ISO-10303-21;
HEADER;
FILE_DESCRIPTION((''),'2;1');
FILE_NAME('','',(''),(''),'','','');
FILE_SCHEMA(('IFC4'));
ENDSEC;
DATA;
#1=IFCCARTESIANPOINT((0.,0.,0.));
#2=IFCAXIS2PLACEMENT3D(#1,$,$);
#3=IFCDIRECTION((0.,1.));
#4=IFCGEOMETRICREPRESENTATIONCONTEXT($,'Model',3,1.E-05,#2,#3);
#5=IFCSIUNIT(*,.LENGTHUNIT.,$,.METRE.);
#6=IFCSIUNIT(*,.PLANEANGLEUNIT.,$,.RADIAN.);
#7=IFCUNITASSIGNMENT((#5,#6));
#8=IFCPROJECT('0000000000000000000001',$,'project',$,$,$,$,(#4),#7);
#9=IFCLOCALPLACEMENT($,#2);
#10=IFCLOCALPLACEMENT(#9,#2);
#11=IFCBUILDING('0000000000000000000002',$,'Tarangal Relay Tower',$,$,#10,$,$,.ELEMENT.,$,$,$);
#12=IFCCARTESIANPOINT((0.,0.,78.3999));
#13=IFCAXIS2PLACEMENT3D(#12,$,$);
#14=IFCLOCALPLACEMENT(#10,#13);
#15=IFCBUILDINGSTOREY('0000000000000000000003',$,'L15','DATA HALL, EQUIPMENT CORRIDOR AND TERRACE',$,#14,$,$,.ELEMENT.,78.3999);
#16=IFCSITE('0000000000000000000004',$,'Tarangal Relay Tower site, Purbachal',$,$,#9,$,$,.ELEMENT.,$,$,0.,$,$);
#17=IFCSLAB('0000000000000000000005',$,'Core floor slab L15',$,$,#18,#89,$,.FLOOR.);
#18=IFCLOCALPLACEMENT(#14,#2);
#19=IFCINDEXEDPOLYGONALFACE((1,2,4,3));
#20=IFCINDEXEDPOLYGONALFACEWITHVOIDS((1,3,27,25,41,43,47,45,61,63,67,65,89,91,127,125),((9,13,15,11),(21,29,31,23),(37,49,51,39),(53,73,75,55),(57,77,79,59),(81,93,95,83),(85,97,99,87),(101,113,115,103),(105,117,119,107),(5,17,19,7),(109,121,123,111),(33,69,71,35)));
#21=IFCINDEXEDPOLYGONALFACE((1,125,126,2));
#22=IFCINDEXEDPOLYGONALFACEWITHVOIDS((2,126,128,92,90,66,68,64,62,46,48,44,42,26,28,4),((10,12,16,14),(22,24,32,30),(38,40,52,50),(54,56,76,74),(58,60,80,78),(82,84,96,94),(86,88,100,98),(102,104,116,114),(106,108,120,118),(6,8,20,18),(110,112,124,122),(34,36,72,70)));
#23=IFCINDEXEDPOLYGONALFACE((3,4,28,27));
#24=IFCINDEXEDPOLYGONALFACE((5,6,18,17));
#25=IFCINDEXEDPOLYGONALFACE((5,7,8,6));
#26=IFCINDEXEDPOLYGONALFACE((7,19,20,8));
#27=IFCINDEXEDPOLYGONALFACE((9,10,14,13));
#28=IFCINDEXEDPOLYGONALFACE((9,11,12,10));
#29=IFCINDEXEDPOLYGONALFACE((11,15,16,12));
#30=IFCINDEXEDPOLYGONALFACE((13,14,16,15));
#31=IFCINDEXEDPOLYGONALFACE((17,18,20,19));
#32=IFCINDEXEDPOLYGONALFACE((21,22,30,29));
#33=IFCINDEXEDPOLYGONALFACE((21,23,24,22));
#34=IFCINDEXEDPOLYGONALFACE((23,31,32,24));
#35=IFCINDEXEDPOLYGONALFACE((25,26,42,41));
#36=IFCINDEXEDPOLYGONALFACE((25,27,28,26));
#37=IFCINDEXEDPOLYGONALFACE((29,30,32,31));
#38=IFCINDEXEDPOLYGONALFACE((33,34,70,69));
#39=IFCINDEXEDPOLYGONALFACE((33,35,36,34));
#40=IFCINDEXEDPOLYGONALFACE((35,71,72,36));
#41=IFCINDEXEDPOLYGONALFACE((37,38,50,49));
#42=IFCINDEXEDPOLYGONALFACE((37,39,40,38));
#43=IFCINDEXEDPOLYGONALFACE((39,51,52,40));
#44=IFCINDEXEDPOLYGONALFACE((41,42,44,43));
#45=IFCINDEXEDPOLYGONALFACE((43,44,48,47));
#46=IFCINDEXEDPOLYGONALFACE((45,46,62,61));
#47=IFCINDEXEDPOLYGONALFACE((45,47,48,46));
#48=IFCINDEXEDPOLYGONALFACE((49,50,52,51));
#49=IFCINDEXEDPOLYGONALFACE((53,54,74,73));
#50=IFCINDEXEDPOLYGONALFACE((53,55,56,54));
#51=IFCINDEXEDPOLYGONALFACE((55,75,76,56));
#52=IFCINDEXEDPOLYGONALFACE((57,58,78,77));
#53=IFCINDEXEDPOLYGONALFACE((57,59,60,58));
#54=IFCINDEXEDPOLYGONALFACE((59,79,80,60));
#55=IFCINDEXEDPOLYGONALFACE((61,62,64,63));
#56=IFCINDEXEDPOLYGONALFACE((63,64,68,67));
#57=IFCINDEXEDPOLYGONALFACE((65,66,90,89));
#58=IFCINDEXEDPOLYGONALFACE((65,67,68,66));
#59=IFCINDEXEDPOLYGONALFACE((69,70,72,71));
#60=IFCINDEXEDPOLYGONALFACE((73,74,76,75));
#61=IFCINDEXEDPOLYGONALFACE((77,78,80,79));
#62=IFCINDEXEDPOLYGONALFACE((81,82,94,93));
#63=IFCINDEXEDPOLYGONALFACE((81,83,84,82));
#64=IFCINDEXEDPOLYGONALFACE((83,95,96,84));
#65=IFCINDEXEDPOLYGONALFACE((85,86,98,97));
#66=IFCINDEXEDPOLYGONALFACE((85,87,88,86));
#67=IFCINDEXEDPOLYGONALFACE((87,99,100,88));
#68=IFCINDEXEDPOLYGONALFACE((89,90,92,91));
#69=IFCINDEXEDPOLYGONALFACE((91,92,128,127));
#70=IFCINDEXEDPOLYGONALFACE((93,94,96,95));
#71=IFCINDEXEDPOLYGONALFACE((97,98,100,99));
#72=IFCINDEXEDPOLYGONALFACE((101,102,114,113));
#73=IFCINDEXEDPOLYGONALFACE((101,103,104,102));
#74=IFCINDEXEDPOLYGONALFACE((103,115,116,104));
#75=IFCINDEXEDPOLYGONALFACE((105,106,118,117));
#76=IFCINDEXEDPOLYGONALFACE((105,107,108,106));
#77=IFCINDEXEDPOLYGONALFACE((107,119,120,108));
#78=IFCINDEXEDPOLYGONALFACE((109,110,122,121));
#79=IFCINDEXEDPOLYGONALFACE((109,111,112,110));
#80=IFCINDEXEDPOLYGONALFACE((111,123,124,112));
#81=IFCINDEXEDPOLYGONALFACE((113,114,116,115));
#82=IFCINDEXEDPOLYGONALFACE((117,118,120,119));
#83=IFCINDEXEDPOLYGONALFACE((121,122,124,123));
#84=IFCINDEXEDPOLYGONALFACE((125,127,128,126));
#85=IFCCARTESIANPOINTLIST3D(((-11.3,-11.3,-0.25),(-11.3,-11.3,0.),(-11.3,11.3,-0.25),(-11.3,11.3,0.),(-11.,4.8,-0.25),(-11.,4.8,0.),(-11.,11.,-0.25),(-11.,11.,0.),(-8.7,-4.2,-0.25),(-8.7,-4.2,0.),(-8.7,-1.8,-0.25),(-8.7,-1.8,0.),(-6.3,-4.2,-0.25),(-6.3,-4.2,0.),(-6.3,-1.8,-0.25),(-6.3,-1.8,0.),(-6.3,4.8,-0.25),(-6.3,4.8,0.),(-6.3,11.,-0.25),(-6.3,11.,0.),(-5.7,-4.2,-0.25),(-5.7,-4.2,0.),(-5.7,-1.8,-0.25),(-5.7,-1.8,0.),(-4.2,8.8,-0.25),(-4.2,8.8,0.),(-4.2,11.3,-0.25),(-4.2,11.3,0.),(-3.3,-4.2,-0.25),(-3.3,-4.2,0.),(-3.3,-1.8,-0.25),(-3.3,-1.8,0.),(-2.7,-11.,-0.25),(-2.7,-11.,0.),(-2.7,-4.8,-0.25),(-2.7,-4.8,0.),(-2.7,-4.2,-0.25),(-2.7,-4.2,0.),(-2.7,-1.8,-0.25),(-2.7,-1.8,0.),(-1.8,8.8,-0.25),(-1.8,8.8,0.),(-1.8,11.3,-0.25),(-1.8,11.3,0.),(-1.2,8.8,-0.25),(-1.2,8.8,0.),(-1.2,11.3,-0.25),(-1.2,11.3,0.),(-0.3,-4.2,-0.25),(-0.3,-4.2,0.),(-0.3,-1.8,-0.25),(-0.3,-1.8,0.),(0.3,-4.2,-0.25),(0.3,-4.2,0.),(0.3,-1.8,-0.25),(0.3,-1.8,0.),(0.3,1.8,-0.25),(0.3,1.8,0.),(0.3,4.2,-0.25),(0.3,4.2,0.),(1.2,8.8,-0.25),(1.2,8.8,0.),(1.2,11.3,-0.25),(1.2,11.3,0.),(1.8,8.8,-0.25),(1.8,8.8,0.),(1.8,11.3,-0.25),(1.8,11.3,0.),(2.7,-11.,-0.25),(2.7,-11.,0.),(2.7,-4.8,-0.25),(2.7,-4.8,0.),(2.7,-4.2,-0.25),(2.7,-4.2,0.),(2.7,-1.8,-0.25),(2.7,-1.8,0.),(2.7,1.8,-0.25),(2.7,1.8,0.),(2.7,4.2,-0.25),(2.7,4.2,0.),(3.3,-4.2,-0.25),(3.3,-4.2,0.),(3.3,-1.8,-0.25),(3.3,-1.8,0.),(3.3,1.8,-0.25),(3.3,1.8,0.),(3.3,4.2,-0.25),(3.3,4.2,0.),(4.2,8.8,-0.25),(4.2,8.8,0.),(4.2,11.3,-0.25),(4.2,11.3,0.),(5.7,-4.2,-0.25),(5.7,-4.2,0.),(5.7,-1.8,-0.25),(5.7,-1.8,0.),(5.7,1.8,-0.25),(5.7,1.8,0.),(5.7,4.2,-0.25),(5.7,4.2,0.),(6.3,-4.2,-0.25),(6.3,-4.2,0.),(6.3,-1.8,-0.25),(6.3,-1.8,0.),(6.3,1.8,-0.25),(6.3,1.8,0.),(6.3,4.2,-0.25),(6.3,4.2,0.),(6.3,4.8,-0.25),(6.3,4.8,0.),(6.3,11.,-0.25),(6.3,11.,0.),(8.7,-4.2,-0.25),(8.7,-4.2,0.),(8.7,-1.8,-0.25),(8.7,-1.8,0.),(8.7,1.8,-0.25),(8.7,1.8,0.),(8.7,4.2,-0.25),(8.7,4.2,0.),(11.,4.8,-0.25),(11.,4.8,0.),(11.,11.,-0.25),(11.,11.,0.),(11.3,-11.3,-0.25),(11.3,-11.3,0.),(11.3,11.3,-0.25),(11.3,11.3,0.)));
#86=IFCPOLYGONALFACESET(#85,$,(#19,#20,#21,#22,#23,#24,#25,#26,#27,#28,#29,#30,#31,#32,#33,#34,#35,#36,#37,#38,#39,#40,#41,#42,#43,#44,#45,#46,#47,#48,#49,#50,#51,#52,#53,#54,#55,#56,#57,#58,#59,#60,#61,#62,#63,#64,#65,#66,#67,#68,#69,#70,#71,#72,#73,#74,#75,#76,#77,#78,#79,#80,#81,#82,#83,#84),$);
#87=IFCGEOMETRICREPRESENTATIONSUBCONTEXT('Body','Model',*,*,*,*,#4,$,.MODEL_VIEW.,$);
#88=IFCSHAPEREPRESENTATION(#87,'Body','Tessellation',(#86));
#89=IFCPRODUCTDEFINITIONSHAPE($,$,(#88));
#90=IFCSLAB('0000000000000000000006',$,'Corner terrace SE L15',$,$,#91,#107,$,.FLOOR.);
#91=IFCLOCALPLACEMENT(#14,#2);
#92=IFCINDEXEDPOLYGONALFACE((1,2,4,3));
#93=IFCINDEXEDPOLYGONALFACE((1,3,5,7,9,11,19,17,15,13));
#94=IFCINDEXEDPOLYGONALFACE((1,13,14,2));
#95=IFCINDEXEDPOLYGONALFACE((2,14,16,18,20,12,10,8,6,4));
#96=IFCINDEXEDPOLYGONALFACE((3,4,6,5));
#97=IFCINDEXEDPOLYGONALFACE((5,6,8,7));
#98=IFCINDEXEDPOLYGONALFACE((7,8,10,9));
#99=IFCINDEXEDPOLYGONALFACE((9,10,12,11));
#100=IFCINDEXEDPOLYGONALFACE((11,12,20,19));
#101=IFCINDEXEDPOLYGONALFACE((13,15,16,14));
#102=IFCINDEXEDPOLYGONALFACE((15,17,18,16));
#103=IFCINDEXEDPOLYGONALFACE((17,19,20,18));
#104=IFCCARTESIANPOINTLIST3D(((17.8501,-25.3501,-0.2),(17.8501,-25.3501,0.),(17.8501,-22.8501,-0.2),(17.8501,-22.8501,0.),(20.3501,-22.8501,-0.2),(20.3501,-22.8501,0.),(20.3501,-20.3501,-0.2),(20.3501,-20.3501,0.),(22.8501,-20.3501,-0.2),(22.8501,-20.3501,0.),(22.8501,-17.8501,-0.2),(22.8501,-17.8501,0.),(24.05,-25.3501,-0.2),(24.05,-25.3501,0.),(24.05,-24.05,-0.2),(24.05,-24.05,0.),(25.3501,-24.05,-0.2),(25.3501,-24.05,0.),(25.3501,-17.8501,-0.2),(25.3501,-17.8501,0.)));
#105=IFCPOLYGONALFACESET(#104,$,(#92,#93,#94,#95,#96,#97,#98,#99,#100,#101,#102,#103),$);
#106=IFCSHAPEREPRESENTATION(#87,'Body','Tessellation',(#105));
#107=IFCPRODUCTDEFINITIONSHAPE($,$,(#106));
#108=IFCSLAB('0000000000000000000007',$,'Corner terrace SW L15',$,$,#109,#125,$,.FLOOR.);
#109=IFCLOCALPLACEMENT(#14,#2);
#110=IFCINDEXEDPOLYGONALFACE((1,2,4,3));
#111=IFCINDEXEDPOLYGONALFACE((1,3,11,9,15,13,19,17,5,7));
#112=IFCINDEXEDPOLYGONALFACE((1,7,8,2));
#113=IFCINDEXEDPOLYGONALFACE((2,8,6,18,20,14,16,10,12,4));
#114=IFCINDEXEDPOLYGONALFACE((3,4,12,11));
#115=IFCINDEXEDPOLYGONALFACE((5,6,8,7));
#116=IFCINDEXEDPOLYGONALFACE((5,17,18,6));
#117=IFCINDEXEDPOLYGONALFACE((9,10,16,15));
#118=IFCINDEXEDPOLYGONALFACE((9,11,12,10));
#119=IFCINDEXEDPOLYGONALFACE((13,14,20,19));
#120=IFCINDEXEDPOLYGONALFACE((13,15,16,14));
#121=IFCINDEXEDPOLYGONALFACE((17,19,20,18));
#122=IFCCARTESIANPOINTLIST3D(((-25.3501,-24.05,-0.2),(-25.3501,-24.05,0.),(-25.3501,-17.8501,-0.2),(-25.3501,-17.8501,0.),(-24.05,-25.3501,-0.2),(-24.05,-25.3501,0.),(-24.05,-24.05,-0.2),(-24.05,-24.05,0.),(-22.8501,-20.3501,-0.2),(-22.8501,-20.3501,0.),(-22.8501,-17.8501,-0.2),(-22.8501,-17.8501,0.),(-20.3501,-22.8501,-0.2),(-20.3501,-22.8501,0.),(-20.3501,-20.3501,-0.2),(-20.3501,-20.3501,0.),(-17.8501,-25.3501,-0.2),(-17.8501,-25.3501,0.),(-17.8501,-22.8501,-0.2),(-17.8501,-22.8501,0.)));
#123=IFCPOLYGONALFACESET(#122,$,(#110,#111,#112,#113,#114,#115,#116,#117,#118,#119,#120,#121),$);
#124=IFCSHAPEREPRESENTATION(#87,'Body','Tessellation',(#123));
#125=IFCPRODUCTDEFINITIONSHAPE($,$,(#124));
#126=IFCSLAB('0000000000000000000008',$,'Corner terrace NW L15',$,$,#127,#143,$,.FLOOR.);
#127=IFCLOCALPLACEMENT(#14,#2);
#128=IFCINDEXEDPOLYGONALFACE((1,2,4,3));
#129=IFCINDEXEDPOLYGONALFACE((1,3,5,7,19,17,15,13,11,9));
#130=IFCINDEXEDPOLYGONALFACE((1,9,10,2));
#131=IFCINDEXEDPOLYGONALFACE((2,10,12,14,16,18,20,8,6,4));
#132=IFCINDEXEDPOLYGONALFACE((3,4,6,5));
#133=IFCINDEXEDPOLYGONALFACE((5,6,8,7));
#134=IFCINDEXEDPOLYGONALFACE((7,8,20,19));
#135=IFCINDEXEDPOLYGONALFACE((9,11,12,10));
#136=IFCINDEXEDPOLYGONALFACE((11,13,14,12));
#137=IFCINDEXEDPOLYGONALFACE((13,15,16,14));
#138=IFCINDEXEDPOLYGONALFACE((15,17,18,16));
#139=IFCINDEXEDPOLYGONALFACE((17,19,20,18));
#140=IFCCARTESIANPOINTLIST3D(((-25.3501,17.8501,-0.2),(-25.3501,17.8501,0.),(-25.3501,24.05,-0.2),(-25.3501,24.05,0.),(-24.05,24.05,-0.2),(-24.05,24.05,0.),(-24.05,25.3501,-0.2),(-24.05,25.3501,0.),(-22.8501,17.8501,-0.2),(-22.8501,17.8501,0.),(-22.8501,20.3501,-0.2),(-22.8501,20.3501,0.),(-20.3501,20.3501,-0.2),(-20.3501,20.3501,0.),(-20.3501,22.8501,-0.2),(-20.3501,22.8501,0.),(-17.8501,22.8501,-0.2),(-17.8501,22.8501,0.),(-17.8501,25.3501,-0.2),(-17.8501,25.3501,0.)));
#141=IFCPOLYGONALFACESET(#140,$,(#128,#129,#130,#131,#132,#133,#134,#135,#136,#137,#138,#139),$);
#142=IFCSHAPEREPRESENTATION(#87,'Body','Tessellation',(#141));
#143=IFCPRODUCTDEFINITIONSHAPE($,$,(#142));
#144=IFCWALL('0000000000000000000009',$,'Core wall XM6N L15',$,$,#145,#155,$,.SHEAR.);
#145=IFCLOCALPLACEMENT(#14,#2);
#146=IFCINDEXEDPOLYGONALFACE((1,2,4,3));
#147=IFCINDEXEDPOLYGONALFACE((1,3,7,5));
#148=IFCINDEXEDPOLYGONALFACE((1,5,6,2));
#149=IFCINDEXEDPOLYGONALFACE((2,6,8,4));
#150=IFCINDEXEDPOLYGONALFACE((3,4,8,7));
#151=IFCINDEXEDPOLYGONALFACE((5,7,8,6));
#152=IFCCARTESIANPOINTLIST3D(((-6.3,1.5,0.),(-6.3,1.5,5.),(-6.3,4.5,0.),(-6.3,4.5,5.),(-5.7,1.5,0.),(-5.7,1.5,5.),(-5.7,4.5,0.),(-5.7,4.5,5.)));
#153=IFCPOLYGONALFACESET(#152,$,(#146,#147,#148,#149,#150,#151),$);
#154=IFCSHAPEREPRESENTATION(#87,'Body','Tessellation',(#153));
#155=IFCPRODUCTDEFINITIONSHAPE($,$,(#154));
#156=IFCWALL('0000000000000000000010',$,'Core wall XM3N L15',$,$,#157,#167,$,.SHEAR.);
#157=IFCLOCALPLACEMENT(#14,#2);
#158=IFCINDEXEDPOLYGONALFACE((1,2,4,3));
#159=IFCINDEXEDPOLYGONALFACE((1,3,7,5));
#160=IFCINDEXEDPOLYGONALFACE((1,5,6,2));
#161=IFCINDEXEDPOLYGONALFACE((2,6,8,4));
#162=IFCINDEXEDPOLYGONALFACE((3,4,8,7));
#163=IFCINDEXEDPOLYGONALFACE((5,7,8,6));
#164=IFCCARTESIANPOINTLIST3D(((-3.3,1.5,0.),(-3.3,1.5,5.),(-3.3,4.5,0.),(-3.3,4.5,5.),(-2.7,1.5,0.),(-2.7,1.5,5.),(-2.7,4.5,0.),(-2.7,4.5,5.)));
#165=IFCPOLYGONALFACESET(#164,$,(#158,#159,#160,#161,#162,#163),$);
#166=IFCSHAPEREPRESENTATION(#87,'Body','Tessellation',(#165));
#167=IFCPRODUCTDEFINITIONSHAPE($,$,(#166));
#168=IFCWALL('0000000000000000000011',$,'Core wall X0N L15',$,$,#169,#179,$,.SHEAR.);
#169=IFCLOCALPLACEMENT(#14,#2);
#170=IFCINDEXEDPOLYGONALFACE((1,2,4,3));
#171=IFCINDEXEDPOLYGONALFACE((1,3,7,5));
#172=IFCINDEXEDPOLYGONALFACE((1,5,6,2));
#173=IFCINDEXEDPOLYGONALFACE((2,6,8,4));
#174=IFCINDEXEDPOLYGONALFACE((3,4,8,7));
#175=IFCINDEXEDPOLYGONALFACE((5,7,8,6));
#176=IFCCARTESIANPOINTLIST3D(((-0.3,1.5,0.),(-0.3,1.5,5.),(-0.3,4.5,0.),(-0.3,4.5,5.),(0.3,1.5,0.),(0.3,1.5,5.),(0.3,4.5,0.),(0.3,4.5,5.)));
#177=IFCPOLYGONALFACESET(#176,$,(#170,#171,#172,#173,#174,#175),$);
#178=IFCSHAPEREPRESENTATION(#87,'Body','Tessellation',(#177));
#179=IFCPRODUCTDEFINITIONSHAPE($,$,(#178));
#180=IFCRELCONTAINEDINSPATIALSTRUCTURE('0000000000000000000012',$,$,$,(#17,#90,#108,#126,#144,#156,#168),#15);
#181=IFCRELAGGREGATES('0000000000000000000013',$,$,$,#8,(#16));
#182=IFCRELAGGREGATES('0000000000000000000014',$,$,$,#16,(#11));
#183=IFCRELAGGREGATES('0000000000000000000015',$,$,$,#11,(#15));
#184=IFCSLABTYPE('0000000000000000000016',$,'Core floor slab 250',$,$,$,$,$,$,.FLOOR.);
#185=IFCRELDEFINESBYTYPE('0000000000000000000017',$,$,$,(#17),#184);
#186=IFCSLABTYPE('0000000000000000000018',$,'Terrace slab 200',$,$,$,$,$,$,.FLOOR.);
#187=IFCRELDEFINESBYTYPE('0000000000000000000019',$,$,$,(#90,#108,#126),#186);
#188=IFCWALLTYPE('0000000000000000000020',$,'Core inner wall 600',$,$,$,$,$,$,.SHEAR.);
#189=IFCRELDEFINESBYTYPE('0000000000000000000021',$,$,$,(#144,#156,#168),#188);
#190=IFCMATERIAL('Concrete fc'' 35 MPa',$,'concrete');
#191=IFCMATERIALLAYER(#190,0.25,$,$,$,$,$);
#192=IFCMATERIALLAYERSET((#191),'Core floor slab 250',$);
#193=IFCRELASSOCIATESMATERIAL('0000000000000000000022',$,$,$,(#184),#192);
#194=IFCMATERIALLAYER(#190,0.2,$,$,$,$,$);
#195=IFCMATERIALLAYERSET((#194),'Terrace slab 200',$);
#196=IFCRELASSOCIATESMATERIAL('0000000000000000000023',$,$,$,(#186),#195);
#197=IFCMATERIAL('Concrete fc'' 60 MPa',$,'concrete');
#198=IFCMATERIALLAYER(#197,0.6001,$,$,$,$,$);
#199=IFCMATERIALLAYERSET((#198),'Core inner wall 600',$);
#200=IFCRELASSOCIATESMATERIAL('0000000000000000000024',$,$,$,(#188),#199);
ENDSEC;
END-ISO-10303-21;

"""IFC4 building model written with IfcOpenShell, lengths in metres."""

from ifc_helpers import new_model, si_unit, direction, frame, frame_2d, origin, place, context, subcontext, project, spatial, polyline, rectangle, outline, extrude, material, layer, layer_set, type_object, element, save


model = new_model("IFC4")

# Units and contexts
model_context = context("Model", 3, precision=1e-05, world=origin(), true_north=direction((0.0, 1.0)))
body_context = subcontext(model_context, "Body", "Model", "MODEL_VIEW")
ifc_project = project(units=[si_unit("LENGTHUNIT", "METRE"), si_unit("PLANEANGLEUNIT", "RADIAN")], contexts=[model_context])

# Site, building, storey
site_placement = place(None, origin())
site = spatial("IfcSite", under=ifc_project, at=site_placement, Name="Tarangal Relay Tower site, Purbachal", CompositionType="ELEMENT", RefElevation=0.0)
building_placement = place(site_placement, origin())
building = spatial("IfcBuilding", under=site, at=building_placement, Name="Tarangal Relay Tower", CompositionType="ELEMENT")
storey_placement = place(building_placement, frame((0.0, 0.0, 78.3999)))
storey = spatial("IfcBuildingStorey", under=building, at=storey_placement, Name="L15", Description="DATA HALL, EQUIPMENT CORRIDOR AND TERRACE", CompositionType="ELEMENT", Elevation=78.3999)

# Slabs
ifc_material_1 = material(Name="Concrete fc' 35 MPa", Category="concrete")
ifc_layer_1 = layer(ifc_material_1, 0.25)
ifc_layer_set_1 = layer_set([ifc_layer_1], Name="Core floor slab 250")
slab_type_1 = type_object("IfcSlabType", Name="Core floor slab 250", PredefinedType="FLOOR", material=ifc_layer_set_1)
slab_1_placement = place(storey_placement, frame((0.0, 0.0, -0.25)))
element("IfcSlab", 1, at=slab_1_placement, inside=storey, type_object=slab_type_1, Name="Core floor slab L15", PredefinedType="FLOOR", context=body_context, shape_type="SweptSolid", body=[
    extrude(outline(polyline([(11.3, 11.3), (11.3, -11.3), (-11.3, -11.3), (-11.3, 11.3), (-4.2, 11.3), (-4.2, 8.8), (-1.8, 8.8), (-1.8, 11.3), (-1.2, 11.3), (-1.2, 8.8), (1.2, 8.8), (1.2, 11.3), (1.8, 11.3), (1.8, 8.8), (4.2, 8.8), (4.2, 11.3), (11.3, 11.3)]), holes=[polyline([(2.7, -4.8), (-2.7, -4.8), (-2.7, -11.0), (2.7, -11.0), (2.7, -4.8)]), polyline([(-6.3, -4.2), (-6.3, -1.8), (-8.7, -1.8), (-8.7, -4.2), (-6.3, -4.2)]), polyline([(-3.3, -4.2), (-3.3, -1.8), (-5.7, -1.8), (-5.7, -4.2), (-3.3, -4.2)]), polyline([(-0.3, -4.2), (-0.3, -1.8), (-2.7, -1.8), (-2.7, -4.2), (-0.3, -4.2)]), polyline([(2.7, 1.8), (2.7, 4.2), (0.3, 4.2), (0.3, 1.8), (2.7, 1.8)]), polyline([(-6.3, 4.8), (-6.3, 11.0), (-11.0, 11.0), (-11.0, 4.8), (-6.3, 4.8)]), polyline([(2.7, -4.2), (2.7, -1.8), (0.3, -1.8), (0.3, -4.2), (2.7, -4.2)]), polyline([(5.7, -4.2), (5.7, -1.8), (3.3, -1.8), (3.3, -4.2), (5.7, -4.2)]), polyline([(8.7, -4.2), (8.7, -1.8), (6.3, -1.8), (6.3, -4.2), (8.7, -4.2)]), polyline([(5.7, 1.8), (5.7, 4.2), (3.3, 4.2), (3.3, 1.8), (5.7, 1.8)]), polyline([(8.7, 1.8), (8.7, 4.2), (6.3, 4.2), (6.3, 1.8), (8.7, 1.8)]), polyline([(11.0, 4.8), (11.0, 11.0), (6.3, 11.0), (6.3, 4.8), (11.0, 4.8)])]), origin(), (0.0, 0.0, 1.0), 0.25),
])
ifc_layer_2 = layer(ifc_material_1, 0.2)
ifc_layer_set_2 = layer_set([ifc_layer_2], Name="Terrace slab 200")
slab_type_2 = type_object("IfcSlabType", Name="Terrace slab 200", PredefinedType="FLOOR", material=ifc_layer_set_2)
slab_2_placement = place(storey_placement, frame((0.0, 0.0, -0.2)))
element("IfcSlab", 2, at=slab_2_placement, inside=storey, type_object=slab_type_2, Name="Corner terrace SE L15", PredefinedType="FLOOR", context=body_context, shape_type="SweptSolid", body=[
    extrude(outline(polyline([(25.3501, -17.8501), (22.8501, -17.8501), (22.8501, -20.3501), (20.3501, -20.3501), (20.3501, -22.8501), (17.8501, -22.8501), (17.8501, -25.3501), (24.05, -25.3501), (24.05, -24.05), (25.3501, -24.05), (25.3501, -17.8501)])), origin(), (0.0, 0.0, 1.0), 0.2),
])
slab_3_placement = place(storey_placement, frame((0.0, 0.0, -0.2)))
element("IfcSlab", 3, at=slab_3_placement, inside=storey, type_object=slab_type_2, Name="Corner terrace SW L15", PredefinedType="FLOOR", context=body_context, shape_type="SweptSolid", body=[
    extrude(outline(polyline([(-17.8501, -25.3501), (-17.8501, -22.8501), (-20.3501, -22.8501), (-20.3501, -20.3501), (-22.8501, -20.3501), (-22.8501, -17.8501), (-25.3501, -17.8501), (-25.3501, -24.05), (-24.05, -24.05), (-24.05, -25.3501), (-17.8501, -25.3501)])), origin(), (0.0, 0.0, 1.0), 0.2),
])
slab_4_placement = place(storey_placement, frame((0.0, 0.0, -0.2)))
element("IfcSlab", 4, at=slab_4_placement, inside=storey, type_object=slab_type_2, Name="Corner terrace NW L15", PredefinedType="FLOOR", context=body_context, shape_type="SweptSolid", body=[
    extrude(outline(polyline([(-25.3501, 17.8501), (-22.8501, 17.8501), (-22.8501, 20.3501), (-20.3501, 20.3501), (-20.3501, 22.8501), (-17.8501, 22.8501), (-17.8501, 25.3501), (-24.05, 25.3501), (-24.05, 24.05), (-25.3501, 24.05), (-25.3501, 17.8501)])), origin(), (0.0, 0.0, 1.0), 0.2),
])

# Shared definitions
ifc_material_2 = material(Name="Concrete fc' 60 MPa", Category="concrete")
ifc_layer_3 = layer(ifc_material_2, 0.6001)
ifc_layer_set_3 = layer_set([ifc_layer_3], Name="Core inner wall 600")
wall_type_1 = type_object("IfcWallType", Name="Core inner wall 600", PredefinedType="SHEAR", material=ifc_layer_set_3)

# Walls
for number, where, z_axis, x_axis, name in (
    (5, (-6.0, 1.5, 0.0), (0.0, 0.0, 1.0), (0.0, 1.0, 0.0), "Core wall XM6N L15"),
    (6, (-3.0, 1.5, 0.0), (0.0, 0.0, 1.0), (0.0, 1.0, 0.0), "Core wall XM3N L15"),
    (7, (0.0, 1.5, 0.0), (0.0, 0.0, 1.0), (0.0, 1.0, 0.0), "Core wall X0N L15"),
):
    element("IfcWall", number, at=place(storey_placement, frame(where, z_axis=z_axis, x_axis=x_axis)), inside=storey, type_object=wall_type_1, Name=name, PredefinedType="SHEAR", context=body_context, shape_type="SweptSolid", body=[
        extrude(rectangle(XDim=3.0, YDim=0.6001, at=frame_2d((1.5, 0.0))), origin(), (0.0, 0.0, 1.0), 5.0),
    ])

save(model, "model.ifc")
